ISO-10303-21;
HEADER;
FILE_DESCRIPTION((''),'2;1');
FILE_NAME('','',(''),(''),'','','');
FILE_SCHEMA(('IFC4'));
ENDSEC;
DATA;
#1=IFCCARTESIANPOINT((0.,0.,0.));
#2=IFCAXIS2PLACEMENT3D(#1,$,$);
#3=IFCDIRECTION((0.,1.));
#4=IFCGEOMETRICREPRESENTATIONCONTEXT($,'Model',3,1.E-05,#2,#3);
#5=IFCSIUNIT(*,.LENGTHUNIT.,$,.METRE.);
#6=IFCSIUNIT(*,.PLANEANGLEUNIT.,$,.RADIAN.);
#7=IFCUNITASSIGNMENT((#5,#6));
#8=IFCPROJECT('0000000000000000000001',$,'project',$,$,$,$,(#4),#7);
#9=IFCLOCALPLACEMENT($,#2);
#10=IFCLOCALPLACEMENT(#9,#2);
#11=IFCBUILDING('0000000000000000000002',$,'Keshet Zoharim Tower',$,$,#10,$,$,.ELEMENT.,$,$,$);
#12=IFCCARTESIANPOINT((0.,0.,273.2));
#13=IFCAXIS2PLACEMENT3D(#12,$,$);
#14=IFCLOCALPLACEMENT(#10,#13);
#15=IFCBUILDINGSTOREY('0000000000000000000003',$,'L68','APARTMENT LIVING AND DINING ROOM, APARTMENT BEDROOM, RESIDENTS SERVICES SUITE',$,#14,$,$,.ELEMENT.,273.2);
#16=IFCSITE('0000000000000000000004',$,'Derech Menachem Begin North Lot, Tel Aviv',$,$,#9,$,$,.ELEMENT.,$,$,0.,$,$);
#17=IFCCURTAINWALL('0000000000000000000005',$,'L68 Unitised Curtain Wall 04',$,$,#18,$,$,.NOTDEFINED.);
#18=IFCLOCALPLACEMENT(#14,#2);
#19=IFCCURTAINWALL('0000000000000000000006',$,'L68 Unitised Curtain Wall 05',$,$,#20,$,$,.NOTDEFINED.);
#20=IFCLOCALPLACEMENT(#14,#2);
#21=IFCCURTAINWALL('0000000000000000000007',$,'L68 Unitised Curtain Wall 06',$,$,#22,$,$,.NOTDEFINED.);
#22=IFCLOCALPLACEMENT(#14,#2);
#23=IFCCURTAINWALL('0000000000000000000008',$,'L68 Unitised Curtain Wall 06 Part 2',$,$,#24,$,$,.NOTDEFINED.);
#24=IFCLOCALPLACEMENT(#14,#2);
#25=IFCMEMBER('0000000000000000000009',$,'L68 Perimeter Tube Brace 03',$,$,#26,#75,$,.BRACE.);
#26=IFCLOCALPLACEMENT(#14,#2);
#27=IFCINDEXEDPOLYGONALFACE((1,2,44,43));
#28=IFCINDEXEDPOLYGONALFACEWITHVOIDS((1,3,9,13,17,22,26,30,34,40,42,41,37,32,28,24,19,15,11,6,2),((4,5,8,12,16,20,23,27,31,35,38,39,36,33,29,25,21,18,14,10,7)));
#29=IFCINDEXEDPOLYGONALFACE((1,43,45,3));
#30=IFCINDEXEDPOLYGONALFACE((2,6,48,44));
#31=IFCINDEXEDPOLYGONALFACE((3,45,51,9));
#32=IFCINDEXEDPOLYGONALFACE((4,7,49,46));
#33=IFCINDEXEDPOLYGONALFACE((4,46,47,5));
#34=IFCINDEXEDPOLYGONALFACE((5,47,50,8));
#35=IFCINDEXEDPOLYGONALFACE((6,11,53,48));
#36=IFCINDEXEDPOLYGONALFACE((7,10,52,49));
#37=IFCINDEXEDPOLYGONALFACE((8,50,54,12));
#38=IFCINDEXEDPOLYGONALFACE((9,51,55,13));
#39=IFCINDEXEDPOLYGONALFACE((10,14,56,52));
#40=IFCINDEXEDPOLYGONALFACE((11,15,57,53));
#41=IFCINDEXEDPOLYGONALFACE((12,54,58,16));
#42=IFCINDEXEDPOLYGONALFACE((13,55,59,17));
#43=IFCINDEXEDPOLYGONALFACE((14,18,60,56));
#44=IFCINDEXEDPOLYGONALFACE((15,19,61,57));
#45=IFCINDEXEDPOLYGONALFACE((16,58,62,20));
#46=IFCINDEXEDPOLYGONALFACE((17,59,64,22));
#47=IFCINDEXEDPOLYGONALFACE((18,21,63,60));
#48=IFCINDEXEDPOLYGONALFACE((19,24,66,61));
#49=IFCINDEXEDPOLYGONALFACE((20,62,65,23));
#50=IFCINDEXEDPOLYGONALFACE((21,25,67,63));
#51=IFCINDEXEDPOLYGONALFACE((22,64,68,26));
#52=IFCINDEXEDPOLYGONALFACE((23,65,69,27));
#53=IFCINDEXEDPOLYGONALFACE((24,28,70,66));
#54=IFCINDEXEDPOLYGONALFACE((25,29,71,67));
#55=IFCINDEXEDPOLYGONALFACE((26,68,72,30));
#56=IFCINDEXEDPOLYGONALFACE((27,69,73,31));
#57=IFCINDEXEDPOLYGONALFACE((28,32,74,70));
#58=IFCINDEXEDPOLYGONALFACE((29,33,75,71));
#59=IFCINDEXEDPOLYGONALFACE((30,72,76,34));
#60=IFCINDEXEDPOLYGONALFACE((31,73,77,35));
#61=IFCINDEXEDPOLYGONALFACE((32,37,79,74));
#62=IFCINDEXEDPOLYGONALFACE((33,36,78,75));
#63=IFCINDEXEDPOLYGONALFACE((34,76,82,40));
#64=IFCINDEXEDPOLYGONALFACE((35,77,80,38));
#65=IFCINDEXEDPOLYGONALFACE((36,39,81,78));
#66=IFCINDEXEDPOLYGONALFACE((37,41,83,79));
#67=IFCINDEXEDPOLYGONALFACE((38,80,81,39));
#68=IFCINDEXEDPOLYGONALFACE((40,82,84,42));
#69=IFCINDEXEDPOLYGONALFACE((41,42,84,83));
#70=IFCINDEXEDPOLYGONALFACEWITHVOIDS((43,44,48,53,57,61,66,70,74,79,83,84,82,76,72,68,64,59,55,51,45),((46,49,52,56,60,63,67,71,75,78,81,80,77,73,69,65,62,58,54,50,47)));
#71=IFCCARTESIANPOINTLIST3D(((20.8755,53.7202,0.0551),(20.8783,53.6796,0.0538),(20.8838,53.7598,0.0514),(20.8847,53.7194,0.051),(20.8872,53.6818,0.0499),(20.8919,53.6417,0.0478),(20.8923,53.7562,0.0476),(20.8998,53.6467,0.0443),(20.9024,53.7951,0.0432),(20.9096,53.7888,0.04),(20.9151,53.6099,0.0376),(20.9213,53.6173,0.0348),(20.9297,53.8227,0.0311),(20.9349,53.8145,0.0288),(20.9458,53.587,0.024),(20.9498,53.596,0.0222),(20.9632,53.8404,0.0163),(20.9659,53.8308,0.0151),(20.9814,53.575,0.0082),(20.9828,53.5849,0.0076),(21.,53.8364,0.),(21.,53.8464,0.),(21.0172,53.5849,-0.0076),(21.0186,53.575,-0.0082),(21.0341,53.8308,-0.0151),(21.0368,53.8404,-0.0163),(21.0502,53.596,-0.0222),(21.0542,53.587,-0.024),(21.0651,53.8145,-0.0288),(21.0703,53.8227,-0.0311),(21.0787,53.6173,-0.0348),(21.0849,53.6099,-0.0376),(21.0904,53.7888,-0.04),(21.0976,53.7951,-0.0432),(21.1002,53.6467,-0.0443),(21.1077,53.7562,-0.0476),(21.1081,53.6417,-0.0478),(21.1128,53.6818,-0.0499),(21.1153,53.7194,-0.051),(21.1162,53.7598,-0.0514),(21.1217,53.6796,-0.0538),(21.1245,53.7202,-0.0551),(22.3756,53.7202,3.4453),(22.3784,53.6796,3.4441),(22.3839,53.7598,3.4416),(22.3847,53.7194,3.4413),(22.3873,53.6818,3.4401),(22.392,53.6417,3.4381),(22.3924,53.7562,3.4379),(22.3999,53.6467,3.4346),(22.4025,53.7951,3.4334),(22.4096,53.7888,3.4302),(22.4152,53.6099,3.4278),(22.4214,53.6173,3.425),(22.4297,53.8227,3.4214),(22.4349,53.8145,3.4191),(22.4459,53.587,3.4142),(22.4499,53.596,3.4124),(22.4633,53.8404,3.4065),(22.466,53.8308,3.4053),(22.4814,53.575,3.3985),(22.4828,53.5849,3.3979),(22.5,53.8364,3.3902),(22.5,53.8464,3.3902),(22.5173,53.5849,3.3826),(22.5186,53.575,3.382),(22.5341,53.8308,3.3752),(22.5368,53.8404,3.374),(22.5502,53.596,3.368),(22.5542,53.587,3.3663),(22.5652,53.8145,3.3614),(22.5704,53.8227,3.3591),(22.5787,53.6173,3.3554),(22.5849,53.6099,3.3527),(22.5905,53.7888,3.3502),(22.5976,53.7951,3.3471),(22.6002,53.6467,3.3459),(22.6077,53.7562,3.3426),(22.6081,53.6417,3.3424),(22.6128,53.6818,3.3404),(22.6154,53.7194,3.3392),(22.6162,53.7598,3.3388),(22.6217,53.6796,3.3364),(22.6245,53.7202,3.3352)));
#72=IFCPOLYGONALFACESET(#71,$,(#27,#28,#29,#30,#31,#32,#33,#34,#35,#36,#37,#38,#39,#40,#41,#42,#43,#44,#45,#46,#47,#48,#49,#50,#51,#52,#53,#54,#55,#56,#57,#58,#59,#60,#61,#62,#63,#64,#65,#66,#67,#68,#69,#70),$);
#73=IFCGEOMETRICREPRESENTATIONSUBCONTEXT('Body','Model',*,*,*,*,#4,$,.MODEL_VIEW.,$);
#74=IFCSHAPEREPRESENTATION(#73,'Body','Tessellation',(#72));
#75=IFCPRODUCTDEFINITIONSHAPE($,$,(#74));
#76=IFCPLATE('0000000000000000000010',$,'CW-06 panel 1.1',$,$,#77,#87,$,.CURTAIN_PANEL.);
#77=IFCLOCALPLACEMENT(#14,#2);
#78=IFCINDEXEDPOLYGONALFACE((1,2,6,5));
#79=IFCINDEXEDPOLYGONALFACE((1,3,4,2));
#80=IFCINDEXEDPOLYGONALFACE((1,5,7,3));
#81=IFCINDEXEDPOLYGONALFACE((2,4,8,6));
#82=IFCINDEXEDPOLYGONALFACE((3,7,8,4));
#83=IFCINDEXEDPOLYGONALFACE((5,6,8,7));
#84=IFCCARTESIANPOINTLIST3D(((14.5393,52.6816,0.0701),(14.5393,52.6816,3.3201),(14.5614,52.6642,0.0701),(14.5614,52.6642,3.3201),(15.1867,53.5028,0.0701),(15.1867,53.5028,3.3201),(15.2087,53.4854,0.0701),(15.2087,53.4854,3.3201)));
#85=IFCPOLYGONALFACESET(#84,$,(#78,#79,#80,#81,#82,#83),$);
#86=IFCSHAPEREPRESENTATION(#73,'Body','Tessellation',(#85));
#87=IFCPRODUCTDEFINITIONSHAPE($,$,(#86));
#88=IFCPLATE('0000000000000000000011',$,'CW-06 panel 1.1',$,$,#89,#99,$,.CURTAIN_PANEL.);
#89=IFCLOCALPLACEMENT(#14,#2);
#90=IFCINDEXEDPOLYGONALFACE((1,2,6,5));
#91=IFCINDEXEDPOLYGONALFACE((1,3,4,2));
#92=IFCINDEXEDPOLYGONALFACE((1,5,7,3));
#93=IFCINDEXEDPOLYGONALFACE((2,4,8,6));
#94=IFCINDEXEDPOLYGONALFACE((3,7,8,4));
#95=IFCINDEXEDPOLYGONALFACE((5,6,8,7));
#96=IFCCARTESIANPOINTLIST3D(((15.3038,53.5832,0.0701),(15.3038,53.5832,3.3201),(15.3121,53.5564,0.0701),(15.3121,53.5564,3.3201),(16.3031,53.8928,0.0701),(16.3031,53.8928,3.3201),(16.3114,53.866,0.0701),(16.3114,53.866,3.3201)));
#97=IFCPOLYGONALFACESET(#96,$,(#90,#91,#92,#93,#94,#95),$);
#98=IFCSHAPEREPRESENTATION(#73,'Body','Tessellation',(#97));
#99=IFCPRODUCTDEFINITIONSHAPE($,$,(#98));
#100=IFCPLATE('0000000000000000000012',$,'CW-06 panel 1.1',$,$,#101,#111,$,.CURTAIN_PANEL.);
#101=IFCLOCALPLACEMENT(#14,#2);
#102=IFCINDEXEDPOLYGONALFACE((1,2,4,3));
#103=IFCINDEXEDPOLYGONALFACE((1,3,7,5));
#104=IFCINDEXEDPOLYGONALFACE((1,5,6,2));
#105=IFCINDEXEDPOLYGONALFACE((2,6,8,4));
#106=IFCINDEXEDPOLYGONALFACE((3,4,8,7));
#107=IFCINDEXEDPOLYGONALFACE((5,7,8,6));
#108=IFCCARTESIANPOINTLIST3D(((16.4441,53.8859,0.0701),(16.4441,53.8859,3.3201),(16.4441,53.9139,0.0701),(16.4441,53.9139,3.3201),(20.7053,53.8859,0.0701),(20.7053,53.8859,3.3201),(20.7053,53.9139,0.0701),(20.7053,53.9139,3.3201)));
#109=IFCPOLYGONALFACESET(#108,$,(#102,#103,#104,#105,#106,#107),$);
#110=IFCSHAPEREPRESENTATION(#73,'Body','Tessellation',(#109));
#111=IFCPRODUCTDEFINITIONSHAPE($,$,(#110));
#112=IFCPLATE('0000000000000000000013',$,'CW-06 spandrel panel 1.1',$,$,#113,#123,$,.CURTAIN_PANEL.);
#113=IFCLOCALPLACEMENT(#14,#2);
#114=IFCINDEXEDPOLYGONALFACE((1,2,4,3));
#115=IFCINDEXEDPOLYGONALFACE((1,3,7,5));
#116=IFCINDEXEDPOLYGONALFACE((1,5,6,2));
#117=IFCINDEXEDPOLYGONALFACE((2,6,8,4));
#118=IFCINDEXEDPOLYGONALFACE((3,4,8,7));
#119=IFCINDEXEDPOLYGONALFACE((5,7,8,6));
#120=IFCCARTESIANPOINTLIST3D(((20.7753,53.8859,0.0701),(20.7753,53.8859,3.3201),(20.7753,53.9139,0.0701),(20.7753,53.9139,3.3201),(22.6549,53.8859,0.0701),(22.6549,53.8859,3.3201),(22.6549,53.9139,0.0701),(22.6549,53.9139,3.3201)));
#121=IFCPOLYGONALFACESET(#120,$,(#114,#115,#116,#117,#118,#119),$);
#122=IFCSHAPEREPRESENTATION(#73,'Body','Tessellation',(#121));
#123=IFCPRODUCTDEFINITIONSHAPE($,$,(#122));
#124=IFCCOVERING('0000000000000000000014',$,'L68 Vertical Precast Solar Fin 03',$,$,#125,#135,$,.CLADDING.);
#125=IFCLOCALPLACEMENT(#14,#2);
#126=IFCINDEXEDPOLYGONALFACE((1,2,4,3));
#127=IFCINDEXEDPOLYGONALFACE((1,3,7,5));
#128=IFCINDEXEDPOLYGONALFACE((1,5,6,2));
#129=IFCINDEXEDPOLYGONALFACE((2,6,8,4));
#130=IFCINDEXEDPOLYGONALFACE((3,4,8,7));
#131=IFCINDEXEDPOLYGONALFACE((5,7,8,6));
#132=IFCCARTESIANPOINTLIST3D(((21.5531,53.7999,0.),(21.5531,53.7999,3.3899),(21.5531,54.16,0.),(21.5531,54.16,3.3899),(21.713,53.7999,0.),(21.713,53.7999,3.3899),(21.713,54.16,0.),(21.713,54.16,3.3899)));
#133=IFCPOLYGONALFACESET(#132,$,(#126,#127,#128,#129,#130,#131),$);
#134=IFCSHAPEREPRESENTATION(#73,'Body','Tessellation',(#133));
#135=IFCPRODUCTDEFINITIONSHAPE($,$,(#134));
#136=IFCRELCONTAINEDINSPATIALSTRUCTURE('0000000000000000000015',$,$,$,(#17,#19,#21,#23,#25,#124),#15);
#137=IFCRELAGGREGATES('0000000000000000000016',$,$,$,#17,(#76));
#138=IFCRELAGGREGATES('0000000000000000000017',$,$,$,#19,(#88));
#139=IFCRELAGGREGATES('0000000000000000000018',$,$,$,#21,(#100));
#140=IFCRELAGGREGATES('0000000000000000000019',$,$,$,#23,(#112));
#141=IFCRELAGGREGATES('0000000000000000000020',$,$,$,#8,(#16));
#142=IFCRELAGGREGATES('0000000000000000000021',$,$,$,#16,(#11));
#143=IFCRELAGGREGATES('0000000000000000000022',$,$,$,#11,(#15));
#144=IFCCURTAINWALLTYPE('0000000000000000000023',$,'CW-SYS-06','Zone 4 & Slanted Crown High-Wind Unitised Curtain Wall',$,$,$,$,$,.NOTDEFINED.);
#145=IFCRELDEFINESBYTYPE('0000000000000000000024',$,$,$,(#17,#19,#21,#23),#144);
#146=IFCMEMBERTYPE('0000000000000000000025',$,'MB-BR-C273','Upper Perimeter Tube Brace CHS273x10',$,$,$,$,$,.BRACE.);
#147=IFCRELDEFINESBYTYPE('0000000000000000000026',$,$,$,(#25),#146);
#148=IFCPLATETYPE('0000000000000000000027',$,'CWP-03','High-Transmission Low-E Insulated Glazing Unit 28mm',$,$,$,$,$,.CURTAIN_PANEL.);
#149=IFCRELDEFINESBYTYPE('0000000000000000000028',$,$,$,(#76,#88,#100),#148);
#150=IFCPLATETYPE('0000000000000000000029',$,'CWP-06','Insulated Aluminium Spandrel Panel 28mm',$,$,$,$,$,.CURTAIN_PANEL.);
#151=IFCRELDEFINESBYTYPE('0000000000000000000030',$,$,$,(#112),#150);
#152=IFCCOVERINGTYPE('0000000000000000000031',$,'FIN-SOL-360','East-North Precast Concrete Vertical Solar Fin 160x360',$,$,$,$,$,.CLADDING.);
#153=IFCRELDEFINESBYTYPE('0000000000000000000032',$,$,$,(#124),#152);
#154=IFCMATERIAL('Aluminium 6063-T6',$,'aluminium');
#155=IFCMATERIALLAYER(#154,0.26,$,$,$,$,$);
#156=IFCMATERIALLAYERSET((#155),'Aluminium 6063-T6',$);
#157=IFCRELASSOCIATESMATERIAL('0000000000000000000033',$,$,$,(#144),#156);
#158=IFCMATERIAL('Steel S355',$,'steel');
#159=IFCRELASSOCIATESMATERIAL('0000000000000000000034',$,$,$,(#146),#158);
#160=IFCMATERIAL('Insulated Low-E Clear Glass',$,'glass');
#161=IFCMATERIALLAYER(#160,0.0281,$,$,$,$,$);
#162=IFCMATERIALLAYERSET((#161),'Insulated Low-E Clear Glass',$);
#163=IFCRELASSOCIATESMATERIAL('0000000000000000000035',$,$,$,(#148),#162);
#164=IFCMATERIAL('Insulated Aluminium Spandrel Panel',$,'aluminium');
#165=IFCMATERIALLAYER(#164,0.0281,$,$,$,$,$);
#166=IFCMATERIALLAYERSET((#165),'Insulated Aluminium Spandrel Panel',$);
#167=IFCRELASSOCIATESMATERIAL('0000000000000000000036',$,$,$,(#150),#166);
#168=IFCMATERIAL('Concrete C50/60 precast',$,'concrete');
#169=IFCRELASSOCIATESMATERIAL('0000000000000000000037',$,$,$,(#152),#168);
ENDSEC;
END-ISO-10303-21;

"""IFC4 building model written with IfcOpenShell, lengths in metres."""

from ifc_helpers import new_model, si_unit, direction, frame, origin, origin_2d, place, context, subcontext, project, spatial, rectangle, hollow_circle, extrude, material, layer, layer_set, material_profile, profile_set, type_object, element, aggregate, save


model = new_model("IFC4")

# Units and contexts
model_context = context("Model", 3, precision=1e-05, world=origin(), true_north=direction((0.0, 1.0)))
body_context = subcontext(model_context, "Body", "Model", "MODEL_VIEW")
ifc_project = project(units=[si_unit("LENGTHUNIT", "METRE"), si_unit("PLANEANGLEUNIT", "RADIAN")], contexts=[model_context])

# Site, building, storey
site_placement = place(None, origin())
site = spatial("IfcSite", under=ifc_project, at=site_placement, Name="Derech Menachem Begin North Lot, Tel Aviv", CompositionType="ELEMENT", RefElevation=0.0)
building_placement = place(site_placement, origin())
building = spatial("IfcBuilding", under=site, at=building_placement, Name="Keshet Zoharim Tower", CompositionType="ELEMENT")
storey_placement = place(building_placement, frame((0.0, 0.0, 273.2)))
storey = spatial("IfcBuildingStorey", under=building, at=storey_placement, Name="L68", Description="APARTMENT LIVING AND DINING ROOM, APARTMENT BEDROOM, RESIDENTS SERVICES SUITE", CompositionType="ELEMENT", Elevation=273.2)

# Shared definitions
ifc_material_1 = material(Name="Steel S355", Category="steel")

# Curtain wall
ifc_material_2 = material(Name="Aluminium 6063-T6", Category="aluminium")
ifc_layer_1 = layer(ifc_material_2, 0.26)
ifc_layer_set_1 = layer_set([ifc_layer_1], Name="Aluminium 6063-T6")
curtain_wall_type = type_object("IfcCurtainWallType", Name="CW-SYS-06", Description="Zone 4 & Slanted Crown High-Wind Unitised Curtain Wall", PredefinedType="NOTDEFINED", material=ifc_layer_set_1)
curtain_wall_1_placement = place(storey_placement, origin())
curtain_wall_1 = element("IfcCurtainWall", 1, at=curtain_wall_1_placement, inside=storey, type_object=curtain_wall_type, Name="L68 Unitised Curtain Wall 04", PredefinedType="NOTDEFINED")

# Curtain walls
curtain_wall_2_placement = place(storey_placement, origin())
curtain_wall_2 = element("IfcCurtainWall", 2, at=curtain_wall_2_placement, inside=storey, type_object=curtain_wall_type, Name="L68 Unitised Curtain Wall 05", PredefinedType="NOTDEFINED")
curtain_wall_3_placement = place(storey_placement, origin())
curtain_wall_3 = element("IfcCurtainWall", 3, at=curtain_wall_3_placement, inside=storey, type_object=curtain_wall_type, Name="L68 Unitised Curtain Wall 06", PredefinedType="NOTDEFINED")

# Curtain wall
curtain_wall_4_placement = place(storey_placement, origin())
curtain_wall_4 = element("IfcCurtainWall", 4, at=curtain_wall_4_placement, inside=storey, type_object=curtain_wall_type, Name="L68 Unitised Curtain Wall 06 Part 2", PredefinedType="NOTDEFINED")

# Member
ifc_material_profile_1 = material_profile(ifc_material_1, hollow_circle(Radius=0.1365, WallThickness=0.01, at=origin_2d()), Name="CHS273x10")
ifc_profile_set_1 = profile_set([ifc_material_profile_1], Name="Steel S355")
member_type_1 = type_object("IfcMemberType", Name="MB-BR-C273", Description="Upper Perimeter Tube Brace CHS273x10", PredefinedType="BRACE", material=ifc_profile_set_1)
member_1_placement = place(storey_placement, frame((21.0, 53.71, 0.0), z_axis=(0.404623, 0.0, 0.914484), x_axis=(0.0, 1.0, 0.0)))
element("IfcMember", 5, at=member_1_placement, inside=storey, type_object=member_type_1, Name="L68 Perimeter Tube Brace 03", PredefinedType="BRACE", context=body_context, shape_type="SweptSolid", body=[
    extrude(hollow_circle(Radius=0.1365, WallThickness=0.01, at=origin_2d()), origin(), (0.0, 0.0, 1.0), 3.7073),
])

# Plates
ifc_material_3 = material(Name="Insulated Low-E Clear Glass", Category="glass")
ifc_layer_2 = layer(ifc_material_3, 0.0281)
ifc_layer_set_2 = layer_set([ifc_layer_2], Name="Insulated Low-E Clear Glass")
plate_type_1 = type_object("IfcPlateType", Name="CWP-03", Description="High-Transmission Low-E Insulated Glazing Unit 28mm", PredefinedType="CURTAIN_PANEL", material=ifc_layer_set_2)
plate_1_placement = place(storey_placement, frame((14.874, 53.0835, 0.0701), z_axis=(0.0, 0.0, 1.0), x_axis=(0.619125, 0.785293, 0.0)))
plate_1 = element("IfcPlate", 6, at=plate_1_placement, type_object=plate_type_1, Name="CW-06 panel 1.1", PredefinedType="CURTAIN_PANEL", context=body_context, shape_type="SweptSolid", body=[
    extrude(rectangle(XDim=1.0457, YDim=0.0281, at=origin_2d()), origin(), (0.0, 0.0, 1.0), 3.25),
])
aggregate(curtain_wall_1, [plate_1])
plate_2_placement = place(storey_placement, frame((15.8076, 53.7246, 0.0701), z_axis=(0.0, 0.0, 1.0), x_axis=(0.955212, 0.295922, 0.0)))
plate_2 = element("IfcPlate", 7, at=plate_2_placement, type_object=plate_type_1, Name="CW-06 panel 1.1", PredefinedType="CURTAIN_PANEL", context=body_context, shape_type="SweptSolid", body=[
    extrude(rectangle(XDim=1.0461, YDim=0.0281, at=origin_2d()), origin(), (0.0, 0.0, 1.0), 3.25),
])
aggregate(curtain_wall_2, [plate_2])
plate_3_placement = place(storey_placement, frame((18.5747, 53.8999, 0.0701), z_axis=(0.0, 0.0, 1.0), x_axis=(1.0, 0.0, 0.0)))
plate_3 = element("IfcPlate", 8, at=plate_3_placement, type_object=plate_type_1, Name="CW-06 panel 1.1", PredefinedType="CURTAIN_PANEL", context=body_context, shape_type="SweptSolid", body=[
    extrude(rectangle(XDim=4.2612, YDim=0.0281, at=origin_2d()), origin(), (0.0, 0.0, 1.0), 3.25),
])
aggregate(curtain_wall_3, [plate_3])
ifc_material_4 = material(Name="Insulated Aluminium Spandrel Panel", Category="aluminium")
ifc_layer_3 = layer(ifc_material_4, 0.0281)
ifc_layer_set_3 = layer_set([ifc_layer_3], Name="Insulated Aluminium Spandrel Panel")
plate_type_2 = type_object("IfcPlateType", Name="CWP-06", Description="Insulated Aluminium Spandrel Panel 28mm", PredefinedType="CURTAIN_PANEL", material=ifc_layer_set_3)
plate_4_placement = place(storey_placement, frame((21.7151, 53.8999, 0.0701), z_axis=(0.0, 0.0, 1.0), x_axis=(1.0, 0.0, 0.0)))
plate_4 = element("IfcPlate", 9, at=plate_4_placement, type_object=plate_type_2, Name="CW-06 spandrel panel 1.1", PredefinedType="CURTAIN_PANEL", context=body_context, shape_type="SweptSolid", body=[
    extrude(rectangle(XDim=1.8796, YDim=0.0281, at=origin_2d()), origin(), (0.0, 0.0, 1.0), 3.25),
])
aggregate(curtain_wall_4, [plate_4])

# Covering
ifc_material_5 = material(Name="Concrete C50/60 precast", Category="concrete")
covering_type = type_object("IfcCoveringType", Name="FIN-SOL-360", Description="East-North Precast Concrete Vertical Solar Fin 160x360", PredefinedType="CLADDING", material=ifc_material_5)
covering_placement = place(storey_placement, frame((21.6331, 53.98, 0.0), z_axis=(0.0, 0.0, 1.0), x_axis=(1.0, 0.0, 0.0)))
element("IfcCovering", 10, at=covering_placement, inside=storey, type_object=covering_type, Name="L68 Vertical Precast Solar Fin 03", PredefinedType="CLADDING", context=body_context, shape_type="SweptSolid", body=[
    extrude(rectangle(XDim=0.1599, YDim=0.3601, at=origin_2d()), origin(), (0.0, 0.0, 1.0), 3.3899),
])

save(model, "model.ifc")
